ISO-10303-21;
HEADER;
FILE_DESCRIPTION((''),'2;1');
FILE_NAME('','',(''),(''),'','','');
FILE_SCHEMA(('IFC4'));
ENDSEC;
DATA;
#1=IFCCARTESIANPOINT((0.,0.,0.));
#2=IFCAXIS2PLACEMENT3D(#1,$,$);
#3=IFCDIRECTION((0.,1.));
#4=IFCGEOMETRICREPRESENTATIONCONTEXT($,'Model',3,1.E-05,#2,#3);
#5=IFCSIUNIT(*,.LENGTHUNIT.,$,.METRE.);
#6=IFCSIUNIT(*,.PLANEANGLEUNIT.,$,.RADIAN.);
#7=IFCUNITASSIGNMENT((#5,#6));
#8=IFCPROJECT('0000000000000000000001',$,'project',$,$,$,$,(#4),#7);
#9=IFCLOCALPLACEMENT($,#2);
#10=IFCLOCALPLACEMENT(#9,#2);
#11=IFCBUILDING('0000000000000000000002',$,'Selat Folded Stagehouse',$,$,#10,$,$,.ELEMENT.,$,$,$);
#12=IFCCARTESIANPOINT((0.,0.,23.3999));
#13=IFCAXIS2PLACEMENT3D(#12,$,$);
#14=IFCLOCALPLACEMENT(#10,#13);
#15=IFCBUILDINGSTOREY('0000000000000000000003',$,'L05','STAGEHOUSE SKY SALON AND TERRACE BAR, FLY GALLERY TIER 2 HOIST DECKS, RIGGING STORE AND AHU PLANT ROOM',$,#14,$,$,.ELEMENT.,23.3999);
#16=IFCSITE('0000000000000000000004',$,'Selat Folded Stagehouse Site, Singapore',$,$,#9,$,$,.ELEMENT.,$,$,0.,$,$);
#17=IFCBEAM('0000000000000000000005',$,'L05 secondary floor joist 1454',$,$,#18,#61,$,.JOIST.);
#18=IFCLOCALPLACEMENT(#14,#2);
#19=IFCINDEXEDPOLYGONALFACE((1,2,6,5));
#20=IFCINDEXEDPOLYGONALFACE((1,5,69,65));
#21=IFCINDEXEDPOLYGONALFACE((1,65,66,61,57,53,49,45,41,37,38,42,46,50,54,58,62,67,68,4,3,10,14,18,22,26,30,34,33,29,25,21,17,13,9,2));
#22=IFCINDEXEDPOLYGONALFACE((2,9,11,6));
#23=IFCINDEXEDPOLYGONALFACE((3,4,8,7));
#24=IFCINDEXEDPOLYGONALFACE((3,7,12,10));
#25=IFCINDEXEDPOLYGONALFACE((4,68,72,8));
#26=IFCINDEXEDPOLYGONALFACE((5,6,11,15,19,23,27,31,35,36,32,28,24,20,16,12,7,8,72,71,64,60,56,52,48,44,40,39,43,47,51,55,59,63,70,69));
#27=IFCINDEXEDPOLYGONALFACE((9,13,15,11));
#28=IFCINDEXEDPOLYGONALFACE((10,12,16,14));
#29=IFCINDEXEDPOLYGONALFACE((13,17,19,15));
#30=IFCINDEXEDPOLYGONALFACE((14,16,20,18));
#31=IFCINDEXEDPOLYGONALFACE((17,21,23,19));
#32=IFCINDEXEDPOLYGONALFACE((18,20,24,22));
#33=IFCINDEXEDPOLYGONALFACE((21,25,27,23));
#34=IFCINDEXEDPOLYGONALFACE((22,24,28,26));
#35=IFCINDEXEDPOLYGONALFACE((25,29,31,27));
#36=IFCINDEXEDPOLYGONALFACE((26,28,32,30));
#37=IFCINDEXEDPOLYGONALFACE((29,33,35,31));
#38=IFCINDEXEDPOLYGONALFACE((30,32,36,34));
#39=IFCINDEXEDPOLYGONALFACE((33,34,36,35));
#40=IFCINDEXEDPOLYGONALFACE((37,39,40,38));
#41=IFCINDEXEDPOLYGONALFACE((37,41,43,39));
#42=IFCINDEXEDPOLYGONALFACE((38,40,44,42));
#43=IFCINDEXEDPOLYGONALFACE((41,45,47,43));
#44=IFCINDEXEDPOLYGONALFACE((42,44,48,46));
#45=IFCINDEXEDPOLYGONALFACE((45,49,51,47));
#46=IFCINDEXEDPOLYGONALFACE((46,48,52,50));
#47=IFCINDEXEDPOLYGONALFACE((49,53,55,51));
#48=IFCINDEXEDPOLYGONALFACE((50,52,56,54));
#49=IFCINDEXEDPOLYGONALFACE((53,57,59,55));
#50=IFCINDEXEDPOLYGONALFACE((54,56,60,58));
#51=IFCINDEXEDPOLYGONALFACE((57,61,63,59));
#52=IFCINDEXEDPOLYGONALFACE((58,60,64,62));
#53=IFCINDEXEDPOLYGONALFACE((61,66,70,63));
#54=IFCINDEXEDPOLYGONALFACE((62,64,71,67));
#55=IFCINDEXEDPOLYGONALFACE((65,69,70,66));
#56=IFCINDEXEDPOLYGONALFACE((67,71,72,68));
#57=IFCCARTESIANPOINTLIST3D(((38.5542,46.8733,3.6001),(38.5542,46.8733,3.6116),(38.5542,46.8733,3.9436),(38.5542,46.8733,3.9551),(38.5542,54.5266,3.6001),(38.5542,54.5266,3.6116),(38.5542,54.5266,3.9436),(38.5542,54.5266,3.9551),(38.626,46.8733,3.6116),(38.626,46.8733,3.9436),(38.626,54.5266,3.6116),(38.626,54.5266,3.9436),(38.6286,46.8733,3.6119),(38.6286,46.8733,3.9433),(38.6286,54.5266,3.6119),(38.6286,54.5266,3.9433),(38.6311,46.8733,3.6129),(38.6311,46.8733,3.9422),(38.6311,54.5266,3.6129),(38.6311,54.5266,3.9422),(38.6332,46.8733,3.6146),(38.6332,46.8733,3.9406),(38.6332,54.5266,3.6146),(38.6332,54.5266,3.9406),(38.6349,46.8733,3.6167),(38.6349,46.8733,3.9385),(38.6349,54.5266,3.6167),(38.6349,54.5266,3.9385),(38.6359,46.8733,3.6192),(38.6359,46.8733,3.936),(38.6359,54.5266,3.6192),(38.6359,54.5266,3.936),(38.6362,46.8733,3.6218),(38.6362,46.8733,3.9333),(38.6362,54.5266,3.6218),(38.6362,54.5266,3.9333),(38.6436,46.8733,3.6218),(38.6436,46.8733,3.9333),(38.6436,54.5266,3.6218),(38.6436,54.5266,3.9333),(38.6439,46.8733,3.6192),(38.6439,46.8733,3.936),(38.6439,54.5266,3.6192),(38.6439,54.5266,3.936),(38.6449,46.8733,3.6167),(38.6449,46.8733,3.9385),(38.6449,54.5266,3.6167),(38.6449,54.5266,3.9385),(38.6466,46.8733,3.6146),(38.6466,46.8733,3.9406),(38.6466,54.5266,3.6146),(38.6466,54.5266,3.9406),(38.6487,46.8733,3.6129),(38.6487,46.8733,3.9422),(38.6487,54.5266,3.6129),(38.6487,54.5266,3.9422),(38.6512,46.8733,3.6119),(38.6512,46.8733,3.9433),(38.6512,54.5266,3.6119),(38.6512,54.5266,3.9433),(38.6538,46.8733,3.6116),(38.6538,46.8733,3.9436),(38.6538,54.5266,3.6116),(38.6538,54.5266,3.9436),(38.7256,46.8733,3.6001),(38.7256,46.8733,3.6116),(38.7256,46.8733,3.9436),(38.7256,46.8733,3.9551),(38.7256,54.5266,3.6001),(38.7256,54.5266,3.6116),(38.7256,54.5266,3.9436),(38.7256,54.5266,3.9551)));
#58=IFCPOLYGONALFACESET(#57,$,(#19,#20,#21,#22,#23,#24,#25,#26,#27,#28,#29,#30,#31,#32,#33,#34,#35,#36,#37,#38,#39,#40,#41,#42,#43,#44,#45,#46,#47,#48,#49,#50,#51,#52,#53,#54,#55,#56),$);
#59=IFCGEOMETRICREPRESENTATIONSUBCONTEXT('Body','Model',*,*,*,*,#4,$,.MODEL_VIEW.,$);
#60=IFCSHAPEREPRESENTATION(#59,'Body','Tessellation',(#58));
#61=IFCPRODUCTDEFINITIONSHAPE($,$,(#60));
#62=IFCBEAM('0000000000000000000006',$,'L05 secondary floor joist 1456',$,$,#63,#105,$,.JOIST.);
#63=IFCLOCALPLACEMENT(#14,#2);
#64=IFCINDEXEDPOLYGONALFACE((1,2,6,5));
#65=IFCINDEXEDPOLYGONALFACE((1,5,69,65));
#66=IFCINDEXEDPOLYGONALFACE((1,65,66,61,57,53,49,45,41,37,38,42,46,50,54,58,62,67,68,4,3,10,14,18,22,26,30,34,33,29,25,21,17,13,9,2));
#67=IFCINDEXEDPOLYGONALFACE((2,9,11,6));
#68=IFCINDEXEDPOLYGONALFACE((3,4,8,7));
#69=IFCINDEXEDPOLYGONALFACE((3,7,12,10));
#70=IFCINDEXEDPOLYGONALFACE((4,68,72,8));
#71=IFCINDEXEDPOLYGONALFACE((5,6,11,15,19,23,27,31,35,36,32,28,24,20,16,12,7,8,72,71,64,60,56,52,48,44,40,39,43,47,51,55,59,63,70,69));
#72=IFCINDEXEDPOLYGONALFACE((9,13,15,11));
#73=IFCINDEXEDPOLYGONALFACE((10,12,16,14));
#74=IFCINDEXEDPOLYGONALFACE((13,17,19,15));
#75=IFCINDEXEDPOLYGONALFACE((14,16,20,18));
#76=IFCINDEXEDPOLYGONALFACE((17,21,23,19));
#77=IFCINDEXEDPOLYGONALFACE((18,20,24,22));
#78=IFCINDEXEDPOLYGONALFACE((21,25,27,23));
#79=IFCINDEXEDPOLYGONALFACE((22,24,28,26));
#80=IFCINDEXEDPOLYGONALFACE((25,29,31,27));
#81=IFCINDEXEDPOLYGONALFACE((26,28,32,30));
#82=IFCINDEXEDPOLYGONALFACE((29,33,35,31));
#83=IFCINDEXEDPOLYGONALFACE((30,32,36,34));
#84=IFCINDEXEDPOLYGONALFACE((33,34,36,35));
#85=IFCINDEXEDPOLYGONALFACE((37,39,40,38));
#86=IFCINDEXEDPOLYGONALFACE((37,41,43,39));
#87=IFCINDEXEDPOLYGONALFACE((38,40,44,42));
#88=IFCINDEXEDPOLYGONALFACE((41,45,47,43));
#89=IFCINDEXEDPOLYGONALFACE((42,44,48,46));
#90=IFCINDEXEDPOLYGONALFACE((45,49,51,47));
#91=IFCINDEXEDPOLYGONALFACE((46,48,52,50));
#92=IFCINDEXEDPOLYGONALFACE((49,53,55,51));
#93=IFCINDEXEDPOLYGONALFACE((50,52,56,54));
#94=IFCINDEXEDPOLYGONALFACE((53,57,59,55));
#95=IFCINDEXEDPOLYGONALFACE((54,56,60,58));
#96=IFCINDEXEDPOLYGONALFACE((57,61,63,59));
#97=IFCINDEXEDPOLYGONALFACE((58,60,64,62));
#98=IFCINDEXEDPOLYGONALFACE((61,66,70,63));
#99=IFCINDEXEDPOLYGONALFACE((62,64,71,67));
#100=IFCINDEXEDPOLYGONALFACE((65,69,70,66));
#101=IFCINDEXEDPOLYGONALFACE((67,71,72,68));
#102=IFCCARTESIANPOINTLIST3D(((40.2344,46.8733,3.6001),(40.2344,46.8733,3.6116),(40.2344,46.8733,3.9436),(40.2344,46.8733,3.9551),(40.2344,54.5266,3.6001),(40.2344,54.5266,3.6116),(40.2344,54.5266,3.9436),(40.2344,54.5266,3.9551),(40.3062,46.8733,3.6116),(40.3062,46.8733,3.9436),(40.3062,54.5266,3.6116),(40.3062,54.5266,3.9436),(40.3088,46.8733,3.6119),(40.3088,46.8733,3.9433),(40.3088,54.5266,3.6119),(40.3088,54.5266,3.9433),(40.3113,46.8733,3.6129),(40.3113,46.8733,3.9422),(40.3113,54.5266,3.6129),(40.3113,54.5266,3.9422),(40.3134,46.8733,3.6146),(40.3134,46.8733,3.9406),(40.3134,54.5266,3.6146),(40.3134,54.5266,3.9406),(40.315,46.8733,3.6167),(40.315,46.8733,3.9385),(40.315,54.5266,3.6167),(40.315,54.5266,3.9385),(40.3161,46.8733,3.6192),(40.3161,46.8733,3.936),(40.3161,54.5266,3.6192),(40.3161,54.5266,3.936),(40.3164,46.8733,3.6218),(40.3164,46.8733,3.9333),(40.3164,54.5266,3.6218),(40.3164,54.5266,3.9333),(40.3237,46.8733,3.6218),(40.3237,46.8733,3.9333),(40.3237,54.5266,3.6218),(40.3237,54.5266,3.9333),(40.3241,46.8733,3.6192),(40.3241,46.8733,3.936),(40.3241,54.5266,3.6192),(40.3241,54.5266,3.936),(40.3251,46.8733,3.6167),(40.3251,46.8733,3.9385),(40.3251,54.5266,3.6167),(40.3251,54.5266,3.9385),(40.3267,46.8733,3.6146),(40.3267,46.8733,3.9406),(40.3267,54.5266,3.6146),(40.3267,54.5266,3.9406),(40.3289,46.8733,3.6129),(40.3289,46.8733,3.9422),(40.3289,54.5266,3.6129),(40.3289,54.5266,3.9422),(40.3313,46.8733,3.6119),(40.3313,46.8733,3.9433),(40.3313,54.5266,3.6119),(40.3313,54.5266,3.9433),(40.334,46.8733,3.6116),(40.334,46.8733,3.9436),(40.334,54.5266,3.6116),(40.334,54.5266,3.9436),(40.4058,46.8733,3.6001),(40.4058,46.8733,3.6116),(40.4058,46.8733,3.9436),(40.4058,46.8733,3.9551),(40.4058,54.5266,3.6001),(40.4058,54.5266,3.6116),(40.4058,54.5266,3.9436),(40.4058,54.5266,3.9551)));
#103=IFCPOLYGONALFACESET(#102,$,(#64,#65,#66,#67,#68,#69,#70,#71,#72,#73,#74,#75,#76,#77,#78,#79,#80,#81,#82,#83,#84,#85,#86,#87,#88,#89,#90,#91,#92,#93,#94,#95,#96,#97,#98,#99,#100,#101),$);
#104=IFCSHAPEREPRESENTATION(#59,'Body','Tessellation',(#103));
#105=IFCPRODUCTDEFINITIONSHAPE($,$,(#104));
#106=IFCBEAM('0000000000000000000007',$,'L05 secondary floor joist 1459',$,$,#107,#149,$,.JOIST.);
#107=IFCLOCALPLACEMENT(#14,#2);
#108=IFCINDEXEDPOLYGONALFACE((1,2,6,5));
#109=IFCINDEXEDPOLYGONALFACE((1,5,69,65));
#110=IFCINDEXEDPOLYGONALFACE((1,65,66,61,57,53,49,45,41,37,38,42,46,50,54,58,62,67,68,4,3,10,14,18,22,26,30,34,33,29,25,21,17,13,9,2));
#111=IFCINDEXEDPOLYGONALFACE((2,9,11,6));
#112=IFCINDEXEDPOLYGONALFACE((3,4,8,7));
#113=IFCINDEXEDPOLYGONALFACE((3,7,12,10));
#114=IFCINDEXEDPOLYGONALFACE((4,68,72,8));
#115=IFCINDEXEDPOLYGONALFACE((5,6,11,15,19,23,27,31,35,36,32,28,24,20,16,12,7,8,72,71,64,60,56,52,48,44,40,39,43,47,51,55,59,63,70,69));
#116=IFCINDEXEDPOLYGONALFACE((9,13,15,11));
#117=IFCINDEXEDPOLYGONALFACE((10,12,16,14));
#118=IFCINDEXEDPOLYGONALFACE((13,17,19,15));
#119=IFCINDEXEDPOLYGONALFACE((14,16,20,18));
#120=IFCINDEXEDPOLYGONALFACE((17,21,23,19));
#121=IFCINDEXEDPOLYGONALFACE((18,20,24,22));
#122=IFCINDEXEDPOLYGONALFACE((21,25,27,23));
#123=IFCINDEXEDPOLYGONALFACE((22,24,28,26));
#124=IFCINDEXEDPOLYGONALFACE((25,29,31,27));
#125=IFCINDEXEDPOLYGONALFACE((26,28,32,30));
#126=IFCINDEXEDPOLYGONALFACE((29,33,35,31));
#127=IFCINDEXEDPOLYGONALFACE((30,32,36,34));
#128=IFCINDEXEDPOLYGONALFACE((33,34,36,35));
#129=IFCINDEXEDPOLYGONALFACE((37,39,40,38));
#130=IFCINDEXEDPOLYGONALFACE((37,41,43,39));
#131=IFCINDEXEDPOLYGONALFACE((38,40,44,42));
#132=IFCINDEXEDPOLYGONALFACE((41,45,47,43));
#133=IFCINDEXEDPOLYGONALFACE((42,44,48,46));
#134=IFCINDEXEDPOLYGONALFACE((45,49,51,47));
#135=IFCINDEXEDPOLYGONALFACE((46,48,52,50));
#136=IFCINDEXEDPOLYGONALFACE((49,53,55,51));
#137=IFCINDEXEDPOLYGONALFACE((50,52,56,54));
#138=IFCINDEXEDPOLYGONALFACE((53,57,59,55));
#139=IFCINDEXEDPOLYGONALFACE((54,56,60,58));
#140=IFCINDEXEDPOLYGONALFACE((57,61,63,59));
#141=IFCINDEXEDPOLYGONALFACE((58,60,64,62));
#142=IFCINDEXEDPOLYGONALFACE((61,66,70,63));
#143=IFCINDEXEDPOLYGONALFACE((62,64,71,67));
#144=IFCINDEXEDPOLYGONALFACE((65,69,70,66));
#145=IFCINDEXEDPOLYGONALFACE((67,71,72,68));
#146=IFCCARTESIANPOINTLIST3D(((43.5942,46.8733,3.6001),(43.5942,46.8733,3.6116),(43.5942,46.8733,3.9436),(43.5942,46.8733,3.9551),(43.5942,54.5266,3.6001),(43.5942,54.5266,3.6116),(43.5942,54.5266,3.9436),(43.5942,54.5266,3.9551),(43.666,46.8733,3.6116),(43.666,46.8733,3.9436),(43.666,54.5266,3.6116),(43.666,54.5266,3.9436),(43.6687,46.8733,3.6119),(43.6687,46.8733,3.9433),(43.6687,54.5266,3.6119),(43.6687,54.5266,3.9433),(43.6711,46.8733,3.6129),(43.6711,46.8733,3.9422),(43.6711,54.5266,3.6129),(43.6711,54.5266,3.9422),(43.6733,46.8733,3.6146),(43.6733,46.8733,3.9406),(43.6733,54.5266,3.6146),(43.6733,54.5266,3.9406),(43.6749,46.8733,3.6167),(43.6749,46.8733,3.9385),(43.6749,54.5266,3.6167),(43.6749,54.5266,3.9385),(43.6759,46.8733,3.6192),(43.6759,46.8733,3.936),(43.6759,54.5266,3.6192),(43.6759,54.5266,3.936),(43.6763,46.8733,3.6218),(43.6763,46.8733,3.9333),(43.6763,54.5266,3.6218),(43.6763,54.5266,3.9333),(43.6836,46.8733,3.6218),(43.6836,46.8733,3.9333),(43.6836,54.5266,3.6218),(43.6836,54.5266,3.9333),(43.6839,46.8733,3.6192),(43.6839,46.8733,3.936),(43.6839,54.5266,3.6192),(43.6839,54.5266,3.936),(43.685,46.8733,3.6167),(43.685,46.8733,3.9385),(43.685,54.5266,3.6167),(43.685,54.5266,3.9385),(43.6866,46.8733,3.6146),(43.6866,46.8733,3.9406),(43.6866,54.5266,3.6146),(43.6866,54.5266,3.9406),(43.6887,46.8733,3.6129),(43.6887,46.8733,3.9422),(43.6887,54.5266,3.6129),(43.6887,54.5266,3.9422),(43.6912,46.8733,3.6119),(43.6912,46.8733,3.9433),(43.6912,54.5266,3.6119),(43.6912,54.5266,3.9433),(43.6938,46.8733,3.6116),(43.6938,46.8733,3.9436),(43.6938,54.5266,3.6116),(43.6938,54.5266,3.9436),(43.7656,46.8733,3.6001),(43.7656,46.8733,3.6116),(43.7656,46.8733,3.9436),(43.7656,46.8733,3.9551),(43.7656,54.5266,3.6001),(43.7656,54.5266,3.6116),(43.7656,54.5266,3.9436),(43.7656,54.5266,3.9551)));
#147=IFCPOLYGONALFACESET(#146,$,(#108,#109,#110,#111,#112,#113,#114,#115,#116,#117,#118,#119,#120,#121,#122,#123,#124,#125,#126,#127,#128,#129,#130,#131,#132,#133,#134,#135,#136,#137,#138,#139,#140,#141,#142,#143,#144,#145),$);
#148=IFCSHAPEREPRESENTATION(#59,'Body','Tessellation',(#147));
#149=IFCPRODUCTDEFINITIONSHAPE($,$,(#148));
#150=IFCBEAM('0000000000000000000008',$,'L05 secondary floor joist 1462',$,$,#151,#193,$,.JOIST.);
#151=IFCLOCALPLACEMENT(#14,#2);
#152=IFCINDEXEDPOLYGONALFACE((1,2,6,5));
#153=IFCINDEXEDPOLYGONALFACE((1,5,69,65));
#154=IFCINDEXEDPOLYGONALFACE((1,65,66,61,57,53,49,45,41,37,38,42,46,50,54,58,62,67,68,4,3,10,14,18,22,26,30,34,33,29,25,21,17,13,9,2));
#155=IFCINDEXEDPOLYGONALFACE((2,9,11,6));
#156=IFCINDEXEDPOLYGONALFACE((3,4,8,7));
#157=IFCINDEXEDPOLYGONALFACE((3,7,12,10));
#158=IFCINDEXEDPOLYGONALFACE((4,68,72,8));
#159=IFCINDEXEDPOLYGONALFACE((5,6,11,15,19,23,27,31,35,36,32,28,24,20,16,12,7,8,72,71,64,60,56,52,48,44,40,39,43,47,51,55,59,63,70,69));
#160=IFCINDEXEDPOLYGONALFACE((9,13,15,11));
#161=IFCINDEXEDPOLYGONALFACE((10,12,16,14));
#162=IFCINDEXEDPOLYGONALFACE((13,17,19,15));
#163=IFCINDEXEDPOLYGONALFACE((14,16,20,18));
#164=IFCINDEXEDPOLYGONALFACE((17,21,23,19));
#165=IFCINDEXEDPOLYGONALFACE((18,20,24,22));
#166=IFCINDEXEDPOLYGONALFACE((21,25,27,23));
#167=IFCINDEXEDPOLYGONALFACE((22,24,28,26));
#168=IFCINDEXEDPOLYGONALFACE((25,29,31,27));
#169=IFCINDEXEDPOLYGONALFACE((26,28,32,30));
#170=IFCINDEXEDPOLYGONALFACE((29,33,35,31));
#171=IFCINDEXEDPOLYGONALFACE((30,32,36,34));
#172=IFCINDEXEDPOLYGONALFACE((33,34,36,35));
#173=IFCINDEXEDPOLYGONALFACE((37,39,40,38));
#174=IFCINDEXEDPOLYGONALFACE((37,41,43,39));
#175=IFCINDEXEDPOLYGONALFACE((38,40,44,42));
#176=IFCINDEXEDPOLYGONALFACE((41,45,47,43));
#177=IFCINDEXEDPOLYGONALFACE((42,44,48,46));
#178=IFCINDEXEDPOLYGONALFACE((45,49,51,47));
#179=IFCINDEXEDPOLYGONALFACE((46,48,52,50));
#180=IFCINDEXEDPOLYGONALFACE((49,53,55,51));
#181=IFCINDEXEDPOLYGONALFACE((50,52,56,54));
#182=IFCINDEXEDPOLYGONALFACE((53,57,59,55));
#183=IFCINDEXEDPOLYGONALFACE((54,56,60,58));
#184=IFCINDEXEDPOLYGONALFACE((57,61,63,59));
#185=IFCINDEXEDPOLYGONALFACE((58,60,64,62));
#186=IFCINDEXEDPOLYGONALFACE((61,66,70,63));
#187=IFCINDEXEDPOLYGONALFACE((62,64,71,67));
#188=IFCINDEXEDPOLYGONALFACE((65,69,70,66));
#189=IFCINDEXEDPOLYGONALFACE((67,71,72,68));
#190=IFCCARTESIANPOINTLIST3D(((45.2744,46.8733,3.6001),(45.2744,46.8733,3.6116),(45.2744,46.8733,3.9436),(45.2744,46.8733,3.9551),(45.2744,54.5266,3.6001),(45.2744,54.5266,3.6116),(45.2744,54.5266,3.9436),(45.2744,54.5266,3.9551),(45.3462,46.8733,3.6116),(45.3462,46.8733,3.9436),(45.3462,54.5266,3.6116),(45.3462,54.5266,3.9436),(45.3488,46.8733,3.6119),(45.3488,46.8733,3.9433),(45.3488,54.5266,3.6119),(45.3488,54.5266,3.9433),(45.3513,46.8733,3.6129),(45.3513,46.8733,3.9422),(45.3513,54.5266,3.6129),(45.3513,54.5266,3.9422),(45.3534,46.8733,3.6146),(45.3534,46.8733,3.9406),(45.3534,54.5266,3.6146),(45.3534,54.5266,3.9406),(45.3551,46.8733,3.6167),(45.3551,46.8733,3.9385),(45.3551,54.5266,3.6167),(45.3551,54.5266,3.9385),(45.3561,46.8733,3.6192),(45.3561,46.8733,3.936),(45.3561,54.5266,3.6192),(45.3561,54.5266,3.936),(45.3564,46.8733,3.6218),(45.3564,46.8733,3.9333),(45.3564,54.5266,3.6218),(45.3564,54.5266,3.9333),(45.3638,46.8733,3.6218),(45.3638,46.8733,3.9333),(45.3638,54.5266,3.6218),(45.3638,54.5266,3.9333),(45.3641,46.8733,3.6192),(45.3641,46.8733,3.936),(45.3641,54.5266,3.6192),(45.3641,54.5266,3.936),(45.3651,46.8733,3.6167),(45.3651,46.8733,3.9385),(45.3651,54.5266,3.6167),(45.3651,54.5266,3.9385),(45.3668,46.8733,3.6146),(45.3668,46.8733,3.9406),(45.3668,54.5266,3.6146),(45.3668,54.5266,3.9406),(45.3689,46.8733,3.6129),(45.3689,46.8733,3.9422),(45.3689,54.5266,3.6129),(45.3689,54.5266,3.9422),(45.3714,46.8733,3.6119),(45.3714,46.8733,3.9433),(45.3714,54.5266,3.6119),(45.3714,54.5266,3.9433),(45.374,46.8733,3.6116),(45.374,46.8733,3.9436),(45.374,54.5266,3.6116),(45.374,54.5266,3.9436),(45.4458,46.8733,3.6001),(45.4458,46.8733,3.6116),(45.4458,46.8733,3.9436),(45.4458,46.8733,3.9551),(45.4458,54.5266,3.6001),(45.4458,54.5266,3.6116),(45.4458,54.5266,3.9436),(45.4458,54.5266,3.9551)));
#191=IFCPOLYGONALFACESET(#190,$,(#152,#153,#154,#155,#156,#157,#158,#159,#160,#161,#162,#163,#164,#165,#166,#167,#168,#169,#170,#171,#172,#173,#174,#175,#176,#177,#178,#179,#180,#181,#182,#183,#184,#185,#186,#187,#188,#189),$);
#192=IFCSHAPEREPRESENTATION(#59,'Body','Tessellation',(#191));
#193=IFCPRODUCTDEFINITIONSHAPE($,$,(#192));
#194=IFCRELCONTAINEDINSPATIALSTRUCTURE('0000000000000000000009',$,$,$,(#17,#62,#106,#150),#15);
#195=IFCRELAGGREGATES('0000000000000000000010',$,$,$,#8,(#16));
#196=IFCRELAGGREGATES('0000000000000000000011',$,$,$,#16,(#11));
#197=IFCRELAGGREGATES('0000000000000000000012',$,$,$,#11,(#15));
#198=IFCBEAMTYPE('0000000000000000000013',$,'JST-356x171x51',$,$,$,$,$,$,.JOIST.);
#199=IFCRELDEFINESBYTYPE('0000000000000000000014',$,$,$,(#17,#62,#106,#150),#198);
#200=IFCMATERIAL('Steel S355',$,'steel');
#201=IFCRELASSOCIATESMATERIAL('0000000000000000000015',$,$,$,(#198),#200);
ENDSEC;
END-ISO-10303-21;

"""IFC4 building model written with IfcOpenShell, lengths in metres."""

from ifc_helpers import new_model, si_unit, direction, frame, origin, origin_2d, place, context, subcontext, project, spatial, i_section, extrude, material, material_profile, profile_set, type_object, element, save


model = new_model("IFC4")

# Units and contexts
model_context = context("Model", 3, precision=1e-05, world=origin(), true_north=direction((0.0, 1.0)))
body_context = subcontext(model_context, "Body", "Model", "MODEL_VIEW")
ifc_project = project(units=[si_unit("LENGTHUNIT", "METRE"), si_unit("PLANEANGLEUNIT", "RADIAN")], contexts=[model_context])

# Site, building, storey
site_placement = place(None, origin())
site = spatial("IfcSite", under=ifc_project, at=site_placement, Name="Selat Folded Stagehouse Site, Singapore", CompositionType="ELEMENT", RefElevation=0.0)
building_placement = place(site_placement, origin())
building = spatial("IfcBuilding", under=site, at=building_placement, Name="Selat Folded Stagehouse", CompositionType="ELEMENT")
storey_placement = place(building_placement, frame((0.0, 0.0, 23.3999)))
storey = spatial("IfcBuildingStorey", under=building, at=storey_placement, Name="L05", Description="STAGEHOUSE SKY SALON AND TERRACE BAR, FLY GALLERY TIER 2 HOIST DECKS, RIGGING STORE AND AHU PLANT ROOM", CompositionType="ELEMENT", Elevation=23.3999)

# Shared definitions
ifc_material_1 = material(Name="Steel S355", Category="steel")

# Beams
ifc_material_profile_1 = material_profile(ifc_material_1, i_section(OverallWidth=0.1714, OverallDepth=0.355, WebThickness=0.0073, FlangeThickness=0.0115, FilletRadius=0.0103, at=origin_2d()), Name="UKB 356x171x51")
ifc_profile_set_1 = profile_set([ifc_material_profile_1], Name="Steel S355")
beam_type_1 = type_object("IfcBeamType", Name="JST-356x171x51", PredefinedType="JOIST", material=ifc_profile_set_1)
for number, where, z_axis, x_axis, name in (
    (1, (38.6399, 46.8733, 3.7776), (0.0, 1.0, 0.0), (-1.0, 0.0, 0.0), "L05 secondary floor joist 1454"),
    (2, (40.3201, 46.8733, 3.7776), (0.0, 1.0, 0.0), (-1.0, 0.0, 0.0), "L05 secondary floor joist 1456"),
    (3, (43.6799, 46.8733, 3.7776), (0.0, 1.0, 0.0), (-1.0, 0.0, 0.0), "L05 secondary floor joist 1459"),
    (4, (45.3601, 46.8733, 3.7776), (0.0, 1.0, 0.0), (-1.0, 0.0, 0.0), "L05 secondary floor joist 1462"),
):
    element("IfcBeam", number, at=place(storey_placement, frame(where, z_axis=z_axis, x_axis=x_axis)), inside=storey, type_object=beam_type_1, Name=name, PredefinedType="JOIST", context=body_context, shape_type="SweptSolid", body=[
        extrude(i_section(OverallWidth=0.1714, OverallDepth=0.355, WebThickness=0.0073, FlangeThickness=0.0115, FilletRadius=0.0103, at=origin_2d()), origin(), (0.0, 0.0, 1.0), 7.6533),
    ])

save(model, "model.ifc")
